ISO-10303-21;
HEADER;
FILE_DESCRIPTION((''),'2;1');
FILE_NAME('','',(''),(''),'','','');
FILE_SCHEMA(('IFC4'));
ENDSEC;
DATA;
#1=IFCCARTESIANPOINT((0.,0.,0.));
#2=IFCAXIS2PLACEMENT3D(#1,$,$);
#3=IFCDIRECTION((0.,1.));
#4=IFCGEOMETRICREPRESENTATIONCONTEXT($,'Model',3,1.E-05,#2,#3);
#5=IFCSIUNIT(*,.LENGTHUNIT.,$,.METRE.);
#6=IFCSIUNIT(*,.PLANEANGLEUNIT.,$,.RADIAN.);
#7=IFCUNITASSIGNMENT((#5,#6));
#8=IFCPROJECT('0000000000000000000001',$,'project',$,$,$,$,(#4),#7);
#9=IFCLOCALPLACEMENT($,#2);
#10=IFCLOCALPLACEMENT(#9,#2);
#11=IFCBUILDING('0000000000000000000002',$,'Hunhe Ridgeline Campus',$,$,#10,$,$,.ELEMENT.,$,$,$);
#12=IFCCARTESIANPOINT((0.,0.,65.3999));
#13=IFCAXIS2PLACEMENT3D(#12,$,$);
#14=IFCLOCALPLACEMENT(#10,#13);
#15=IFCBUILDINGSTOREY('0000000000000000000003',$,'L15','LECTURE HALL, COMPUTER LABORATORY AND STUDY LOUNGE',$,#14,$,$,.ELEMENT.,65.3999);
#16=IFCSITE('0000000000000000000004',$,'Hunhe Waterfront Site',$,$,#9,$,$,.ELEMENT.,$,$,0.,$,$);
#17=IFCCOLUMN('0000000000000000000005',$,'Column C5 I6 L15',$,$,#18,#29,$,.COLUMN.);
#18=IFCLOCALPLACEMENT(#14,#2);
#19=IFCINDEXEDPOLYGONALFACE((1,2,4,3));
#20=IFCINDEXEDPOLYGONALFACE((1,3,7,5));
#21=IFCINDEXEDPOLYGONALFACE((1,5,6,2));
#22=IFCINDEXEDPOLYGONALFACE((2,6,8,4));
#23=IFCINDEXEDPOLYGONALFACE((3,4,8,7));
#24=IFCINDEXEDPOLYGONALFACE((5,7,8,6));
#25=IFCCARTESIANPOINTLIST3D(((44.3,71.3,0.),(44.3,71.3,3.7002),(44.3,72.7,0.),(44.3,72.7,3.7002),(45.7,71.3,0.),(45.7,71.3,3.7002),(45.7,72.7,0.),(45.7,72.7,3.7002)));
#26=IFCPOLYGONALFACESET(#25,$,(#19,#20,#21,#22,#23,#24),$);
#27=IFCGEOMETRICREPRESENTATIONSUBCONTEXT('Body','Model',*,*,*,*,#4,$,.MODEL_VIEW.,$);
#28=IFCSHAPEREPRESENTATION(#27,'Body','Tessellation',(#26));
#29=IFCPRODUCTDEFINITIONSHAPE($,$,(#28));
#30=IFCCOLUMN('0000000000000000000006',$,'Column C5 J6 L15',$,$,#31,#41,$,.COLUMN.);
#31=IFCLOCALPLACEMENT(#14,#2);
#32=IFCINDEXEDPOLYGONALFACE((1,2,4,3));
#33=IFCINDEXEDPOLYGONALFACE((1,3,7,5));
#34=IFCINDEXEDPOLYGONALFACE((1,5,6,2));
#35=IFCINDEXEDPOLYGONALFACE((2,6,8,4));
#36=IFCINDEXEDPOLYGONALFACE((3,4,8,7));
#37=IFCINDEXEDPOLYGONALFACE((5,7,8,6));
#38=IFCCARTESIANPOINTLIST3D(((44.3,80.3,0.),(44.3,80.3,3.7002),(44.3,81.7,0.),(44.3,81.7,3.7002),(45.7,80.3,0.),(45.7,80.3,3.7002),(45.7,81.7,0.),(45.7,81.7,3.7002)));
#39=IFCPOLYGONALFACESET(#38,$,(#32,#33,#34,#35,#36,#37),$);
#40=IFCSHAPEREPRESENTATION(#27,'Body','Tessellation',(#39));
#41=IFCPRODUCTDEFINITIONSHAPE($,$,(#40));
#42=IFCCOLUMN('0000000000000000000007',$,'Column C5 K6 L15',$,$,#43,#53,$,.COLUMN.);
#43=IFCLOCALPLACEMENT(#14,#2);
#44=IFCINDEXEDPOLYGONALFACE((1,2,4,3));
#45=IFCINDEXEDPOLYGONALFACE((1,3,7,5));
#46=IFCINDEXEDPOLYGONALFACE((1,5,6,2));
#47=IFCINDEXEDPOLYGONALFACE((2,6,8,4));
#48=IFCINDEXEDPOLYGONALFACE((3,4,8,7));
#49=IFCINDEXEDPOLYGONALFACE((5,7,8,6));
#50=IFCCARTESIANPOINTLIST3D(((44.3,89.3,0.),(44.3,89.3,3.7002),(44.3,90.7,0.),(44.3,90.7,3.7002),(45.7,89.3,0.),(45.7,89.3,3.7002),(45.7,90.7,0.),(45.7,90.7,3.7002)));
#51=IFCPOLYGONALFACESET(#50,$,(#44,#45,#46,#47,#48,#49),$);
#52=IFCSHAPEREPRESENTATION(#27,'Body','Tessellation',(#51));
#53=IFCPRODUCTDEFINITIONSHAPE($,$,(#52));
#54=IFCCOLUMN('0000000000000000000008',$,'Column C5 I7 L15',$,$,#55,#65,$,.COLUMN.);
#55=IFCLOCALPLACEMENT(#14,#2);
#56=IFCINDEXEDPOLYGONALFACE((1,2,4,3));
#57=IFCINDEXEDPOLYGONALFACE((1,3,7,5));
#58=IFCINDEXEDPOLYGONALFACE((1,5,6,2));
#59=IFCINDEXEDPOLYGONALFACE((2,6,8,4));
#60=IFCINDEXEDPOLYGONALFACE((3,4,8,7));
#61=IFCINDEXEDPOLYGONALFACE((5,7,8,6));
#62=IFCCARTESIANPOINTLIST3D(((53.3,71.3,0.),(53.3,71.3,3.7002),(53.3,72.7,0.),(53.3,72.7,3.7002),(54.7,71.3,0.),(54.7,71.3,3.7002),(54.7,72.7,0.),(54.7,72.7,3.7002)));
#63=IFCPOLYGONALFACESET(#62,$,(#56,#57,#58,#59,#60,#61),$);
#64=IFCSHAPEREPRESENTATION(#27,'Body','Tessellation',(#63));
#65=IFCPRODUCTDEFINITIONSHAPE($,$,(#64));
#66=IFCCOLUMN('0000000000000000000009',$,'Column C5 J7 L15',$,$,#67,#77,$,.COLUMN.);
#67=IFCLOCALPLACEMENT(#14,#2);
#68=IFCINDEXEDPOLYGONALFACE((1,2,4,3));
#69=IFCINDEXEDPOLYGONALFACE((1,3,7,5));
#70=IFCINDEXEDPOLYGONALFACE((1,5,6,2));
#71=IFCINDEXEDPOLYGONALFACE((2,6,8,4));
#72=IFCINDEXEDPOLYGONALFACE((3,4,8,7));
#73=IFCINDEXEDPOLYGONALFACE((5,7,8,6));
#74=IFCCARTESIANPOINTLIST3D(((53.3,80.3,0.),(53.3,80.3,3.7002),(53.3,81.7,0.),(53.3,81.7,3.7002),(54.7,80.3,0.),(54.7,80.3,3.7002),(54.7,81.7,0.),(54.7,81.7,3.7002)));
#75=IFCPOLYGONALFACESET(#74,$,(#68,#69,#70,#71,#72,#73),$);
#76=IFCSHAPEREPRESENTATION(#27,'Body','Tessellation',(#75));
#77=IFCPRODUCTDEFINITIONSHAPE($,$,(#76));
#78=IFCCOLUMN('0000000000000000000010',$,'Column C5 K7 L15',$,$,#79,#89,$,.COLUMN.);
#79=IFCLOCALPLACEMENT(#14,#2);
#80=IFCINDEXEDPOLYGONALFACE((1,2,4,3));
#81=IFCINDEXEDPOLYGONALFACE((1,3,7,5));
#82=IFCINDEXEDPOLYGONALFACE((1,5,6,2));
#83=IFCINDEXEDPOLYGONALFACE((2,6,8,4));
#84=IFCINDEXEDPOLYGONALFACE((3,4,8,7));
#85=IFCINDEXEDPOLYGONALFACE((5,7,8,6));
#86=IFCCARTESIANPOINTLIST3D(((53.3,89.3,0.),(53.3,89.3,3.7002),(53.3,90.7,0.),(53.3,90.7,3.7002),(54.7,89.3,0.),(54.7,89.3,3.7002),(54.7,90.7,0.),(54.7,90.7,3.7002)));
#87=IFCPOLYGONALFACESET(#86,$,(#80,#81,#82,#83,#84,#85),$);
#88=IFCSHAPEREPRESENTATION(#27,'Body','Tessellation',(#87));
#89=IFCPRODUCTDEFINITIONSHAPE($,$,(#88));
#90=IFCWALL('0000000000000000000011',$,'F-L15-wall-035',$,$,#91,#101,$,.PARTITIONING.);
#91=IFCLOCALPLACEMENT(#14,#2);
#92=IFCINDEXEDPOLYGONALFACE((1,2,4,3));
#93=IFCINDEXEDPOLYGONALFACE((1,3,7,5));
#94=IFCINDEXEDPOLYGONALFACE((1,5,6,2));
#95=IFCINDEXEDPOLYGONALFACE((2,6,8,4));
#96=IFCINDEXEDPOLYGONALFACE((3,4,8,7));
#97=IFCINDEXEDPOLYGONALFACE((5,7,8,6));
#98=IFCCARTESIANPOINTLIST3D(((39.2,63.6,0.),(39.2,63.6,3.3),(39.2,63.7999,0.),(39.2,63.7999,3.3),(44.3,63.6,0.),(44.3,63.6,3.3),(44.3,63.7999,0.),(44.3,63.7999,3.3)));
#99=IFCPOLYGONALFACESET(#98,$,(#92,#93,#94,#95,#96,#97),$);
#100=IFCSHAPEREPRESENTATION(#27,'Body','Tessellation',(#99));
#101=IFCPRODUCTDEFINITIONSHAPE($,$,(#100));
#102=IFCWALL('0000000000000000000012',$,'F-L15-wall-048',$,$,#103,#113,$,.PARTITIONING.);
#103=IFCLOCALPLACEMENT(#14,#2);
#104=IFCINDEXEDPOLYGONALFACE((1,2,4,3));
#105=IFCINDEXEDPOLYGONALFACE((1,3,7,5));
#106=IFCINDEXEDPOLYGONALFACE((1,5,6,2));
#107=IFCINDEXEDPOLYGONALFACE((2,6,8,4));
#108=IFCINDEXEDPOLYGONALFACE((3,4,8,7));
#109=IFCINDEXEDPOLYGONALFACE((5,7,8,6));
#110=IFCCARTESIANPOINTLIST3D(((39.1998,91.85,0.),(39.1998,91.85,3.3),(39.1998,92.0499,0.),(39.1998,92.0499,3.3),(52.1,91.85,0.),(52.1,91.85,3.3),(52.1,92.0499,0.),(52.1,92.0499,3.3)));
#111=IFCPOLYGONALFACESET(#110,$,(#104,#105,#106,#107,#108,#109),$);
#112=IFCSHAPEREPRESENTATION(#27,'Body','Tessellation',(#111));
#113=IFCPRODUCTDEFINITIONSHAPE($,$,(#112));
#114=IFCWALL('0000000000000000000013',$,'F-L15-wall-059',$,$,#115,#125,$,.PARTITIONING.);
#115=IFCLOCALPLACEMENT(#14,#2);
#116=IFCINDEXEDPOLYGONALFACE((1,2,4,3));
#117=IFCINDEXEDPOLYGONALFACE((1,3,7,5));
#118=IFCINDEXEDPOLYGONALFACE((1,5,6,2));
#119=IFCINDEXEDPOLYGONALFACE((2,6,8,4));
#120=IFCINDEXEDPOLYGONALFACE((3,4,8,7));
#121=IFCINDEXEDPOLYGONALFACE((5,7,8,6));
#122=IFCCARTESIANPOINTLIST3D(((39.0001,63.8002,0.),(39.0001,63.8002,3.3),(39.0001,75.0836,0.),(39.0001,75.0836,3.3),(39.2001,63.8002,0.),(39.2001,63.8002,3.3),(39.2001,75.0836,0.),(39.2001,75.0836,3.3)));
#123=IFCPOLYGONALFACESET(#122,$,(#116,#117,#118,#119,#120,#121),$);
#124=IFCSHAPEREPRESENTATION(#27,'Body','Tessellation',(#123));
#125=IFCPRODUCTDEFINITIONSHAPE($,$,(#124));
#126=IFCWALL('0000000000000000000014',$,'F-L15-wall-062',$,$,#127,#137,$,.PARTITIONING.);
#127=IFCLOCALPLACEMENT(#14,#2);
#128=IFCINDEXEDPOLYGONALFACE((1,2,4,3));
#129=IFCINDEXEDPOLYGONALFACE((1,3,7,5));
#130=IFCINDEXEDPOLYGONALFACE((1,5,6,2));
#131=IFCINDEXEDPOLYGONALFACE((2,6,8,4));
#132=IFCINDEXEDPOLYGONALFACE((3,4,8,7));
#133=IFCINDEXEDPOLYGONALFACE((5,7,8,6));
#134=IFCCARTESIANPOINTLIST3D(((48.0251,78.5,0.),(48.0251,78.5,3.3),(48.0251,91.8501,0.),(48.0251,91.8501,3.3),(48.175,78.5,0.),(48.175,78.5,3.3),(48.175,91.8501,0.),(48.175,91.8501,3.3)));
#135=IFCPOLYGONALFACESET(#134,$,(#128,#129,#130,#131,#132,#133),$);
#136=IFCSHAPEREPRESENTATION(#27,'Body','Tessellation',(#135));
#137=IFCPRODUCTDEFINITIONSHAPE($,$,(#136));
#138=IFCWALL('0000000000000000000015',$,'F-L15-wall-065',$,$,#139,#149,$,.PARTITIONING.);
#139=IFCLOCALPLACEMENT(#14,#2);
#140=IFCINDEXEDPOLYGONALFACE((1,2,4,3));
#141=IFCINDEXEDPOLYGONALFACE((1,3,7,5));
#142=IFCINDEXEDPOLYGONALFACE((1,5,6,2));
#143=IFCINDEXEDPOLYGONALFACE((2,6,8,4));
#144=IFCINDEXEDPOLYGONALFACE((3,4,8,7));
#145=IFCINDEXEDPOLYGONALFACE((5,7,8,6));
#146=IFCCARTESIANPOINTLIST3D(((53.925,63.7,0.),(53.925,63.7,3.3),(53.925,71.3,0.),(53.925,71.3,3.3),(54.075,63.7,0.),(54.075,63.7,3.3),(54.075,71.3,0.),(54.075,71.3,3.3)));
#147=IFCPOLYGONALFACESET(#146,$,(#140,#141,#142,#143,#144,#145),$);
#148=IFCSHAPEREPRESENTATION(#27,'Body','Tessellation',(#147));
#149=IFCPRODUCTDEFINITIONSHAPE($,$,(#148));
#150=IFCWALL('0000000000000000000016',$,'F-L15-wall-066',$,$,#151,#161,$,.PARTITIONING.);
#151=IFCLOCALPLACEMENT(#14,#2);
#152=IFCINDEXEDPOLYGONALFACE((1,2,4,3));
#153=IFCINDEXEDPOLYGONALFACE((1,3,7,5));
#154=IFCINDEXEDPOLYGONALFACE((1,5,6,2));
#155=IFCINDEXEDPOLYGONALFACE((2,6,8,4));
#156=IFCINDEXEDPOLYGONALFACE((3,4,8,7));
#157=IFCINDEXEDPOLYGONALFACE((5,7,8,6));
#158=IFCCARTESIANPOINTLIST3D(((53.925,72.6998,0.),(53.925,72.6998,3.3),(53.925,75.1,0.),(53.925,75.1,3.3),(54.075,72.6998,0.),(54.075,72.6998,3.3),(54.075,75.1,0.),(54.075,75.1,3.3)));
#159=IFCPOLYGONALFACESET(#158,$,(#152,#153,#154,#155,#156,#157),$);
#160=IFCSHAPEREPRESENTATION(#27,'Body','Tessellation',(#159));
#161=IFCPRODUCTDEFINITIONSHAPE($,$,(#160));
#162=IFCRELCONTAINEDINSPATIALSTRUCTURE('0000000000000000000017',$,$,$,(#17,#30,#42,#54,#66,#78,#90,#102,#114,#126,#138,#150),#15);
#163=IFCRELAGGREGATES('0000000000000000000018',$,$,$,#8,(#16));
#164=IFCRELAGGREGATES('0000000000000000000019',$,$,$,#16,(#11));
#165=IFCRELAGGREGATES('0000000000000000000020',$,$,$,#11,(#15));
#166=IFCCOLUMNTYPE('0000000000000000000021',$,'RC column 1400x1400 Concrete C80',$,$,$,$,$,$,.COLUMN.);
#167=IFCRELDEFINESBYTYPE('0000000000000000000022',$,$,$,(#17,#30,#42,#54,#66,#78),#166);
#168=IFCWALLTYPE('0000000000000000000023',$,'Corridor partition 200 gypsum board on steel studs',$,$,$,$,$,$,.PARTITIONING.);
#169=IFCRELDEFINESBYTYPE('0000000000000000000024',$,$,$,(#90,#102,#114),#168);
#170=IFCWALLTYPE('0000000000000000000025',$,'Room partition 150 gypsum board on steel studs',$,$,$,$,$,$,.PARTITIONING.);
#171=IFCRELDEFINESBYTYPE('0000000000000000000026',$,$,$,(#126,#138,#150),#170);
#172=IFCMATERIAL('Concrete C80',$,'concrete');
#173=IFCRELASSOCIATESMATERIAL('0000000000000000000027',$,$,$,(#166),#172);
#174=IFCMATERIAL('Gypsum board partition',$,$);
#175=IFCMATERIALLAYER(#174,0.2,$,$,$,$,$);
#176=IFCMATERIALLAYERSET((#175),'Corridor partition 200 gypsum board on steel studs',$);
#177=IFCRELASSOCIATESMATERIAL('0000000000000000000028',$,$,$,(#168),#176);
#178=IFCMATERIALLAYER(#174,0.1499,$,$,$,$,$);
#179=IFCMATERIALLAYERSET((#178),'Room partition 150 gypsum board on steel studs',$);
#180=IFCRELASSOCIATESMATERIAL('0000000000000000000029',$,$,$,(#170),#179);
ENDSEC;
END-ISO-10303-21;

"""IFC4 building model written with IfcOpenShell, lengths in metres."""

from ifc_helpers import new_model, si_unit, direction, frame, frame_2d, origin, origin_2d, place, context, subcontext, project, spatial, rectangle, extrude, material, layer, layer_set, material_profile, profile_set, type_object, element, save


model = new_model("IFC4")

# Units and contexts
model_context = context("Model", 3, precision=1e-05, world=origin(), true_north=direction((0.0, 1.0)))
body_context = subcontext(model_context, "Body", "Model", "MODEL_VIEW")
ifc_project = project(units=[si_unit("LENGTHUNIT", "METRE"), si_unit("PLANEANGLEUNIT", "RADIAN")], contexts=[model_context])

# Site, building, storey
site_placement = place(None, origin())
site = spatial("IfcSite", under=ifc_project, at=site_placement, Name="Hunhe Waterfront Site", CompositionType="ELEMENT", RefElevation=0.0)
building_placement = place(site_placement, origin())
building = spatial("IfcBuilding", under=site, at=building_placement, Name="Hunhe Ridgeline Campus", CompositionType="ELEMENT")
storey_placement = place(building_placement, frame((0.0, 0.0, 65.3999)))
storey = spatial("IfcBuildingStorey", under=building, at=storey_placement, Name="L15", Description="LECTURE HALL, COMPUTER LABORATORY AND STUDY LOUNGE", CompositionType="ELEMENT", Elevation=65.3999)

# Columns
ifc_material_1 = material(Name="Concrete C80", Category="concrete")
ifc_material_profile = material_profile(ifc_material_1, rectangle(XDim=1.3999, YDim=1.3999, at=origin_2d()))
ifc_profile_set = profile_set([ifc_material_profile], Name="Concrete C80")
column_type = type_object("IfcColumnType", Name="RC column 1400x1400 Concrete C80", PredefinedType="COLUMN", material=ifc_profile_set)
for number, where, z_axis, x_axis, name in (
    (1, (45.0, 72.0, 0.0), (0.0, 0.0, 1.0), (1.0, 0.0, 0.0), "Column C5 I6 L15"),
    (2, (45.0, 81.0, 0.0), (0.0, 0.0, 1.0), (1.0, 0.0, 0.0), "Column C5 J6 L15"),
    (3, (45.0, 90.0, 0.0), (0.0, 0.0, 1.0), (1.0, 0.0, 0.0), "Column C5 K6 L15"),
    (4, (54.0, 72.0, 0.0), (0.0, 0.0, 1.0), (1.0, 0.0, 0.0), "Column C5 I7 L15"),
    (5, (54.0, 81.0, 0.0), (0.0, 0.0, 1.0), (1.0, 0.0, 0.0), "Column C5 J7 L15"),
    (6, (54.0, 90.0, 0.0), (0.0, 0.0, 1.0), (1.0, 0.0, 0.0), "Column C5 K7 L15"),
):
    element("IfcColumn", number, at=place(storey_placement, frame(where, z_axis=z_axis, x_axis=x_axis)), inside=storey, type_object=column_type, Name=name, PredefinedType="COLUMN", context=body_context, shape_type="SweptSolid", body=[
        extrude(rectangle(XDim=1.3999, YDim=1.3999, at=origin_2d()), origin(), (0.0, 0.0, 1.0), 3.7002),
    ])

# Wall
ifc_material_2 = material(Name="Gypsum board partition")
ifc_layer_1 = layer(ifc_material_2, 0.2)
ifc_layer_set_1 = layer_set([ifc_layer_1], Name="Corridor partition 200 gypsum board on steel studs")
wall_type_1 = type_object("IfcWallType", Name="Corridor partition 200 gypsum board on steel studs", PredefinedType="PARTITIONING", material=ifc_layer_set_1)
wall_1_placement = place(storey_placement, frame((39.2, 63.7, 0.0), z_axis=(0.0, 0.0, 1.0), x_axis=(1.0, 0.0, 0.0)))
element("IfcWall", 7, at=wall_1_placement, inside=storey, type_object=wall_type_1, Name="F-L15-wall-035", PredefinedType="PARTITIONING", context=body_context, shape_type="SweptSolid", body=[
    extrude(rectangle(XDim=5.1001, YDim=0.2, at=frame_2d((2.55, 0.0))), origin(), (0.0, 0.0, 1.0), 3.3),
])

# Walls
wall_2_placement = place(storey_placement, frame((52.1001, 91.95, 0.0), z_axis=(0.0, 0.0, 1.0), x_axis=(-1.0, 0.0, 0.0)))
element("IfcWall", 8, at=wall_2_placement, inside=storey, type_object=wall_type_1, Name="F-L15-wall-048", PredefinedType="PARTITIONING", context=body_context, shape_type="SweptSolid", body=[
    extrude(rectangle(XDim=12.9001, YDim=0.2, at=frame_2d((6.4502, 0.0))), origin(), (0.0, 0.0, 1.0), 3.3),
])
wall_3_placement = place(storey_placement, frame((39.1001, 75.0835, 0.0), z_axis=(0.0, 0.0, 1.0), x_axis=(0.0, -1.0, 0.0)))
element("IfcWall", 9, at=wall_3_placement, inside=storey, type_object=wall_type_1, Name="F-L15-wall-059", PredefinedType="PARTITIONING", context=body_context, shape_type="SweptSolid", body=[
    extrude(rectangle(XDim=11.2834, YDim=0.2, at=frame_2d((5.6416, 0.0))), origin(), (0.0, 0.0, 1.0), 3.3),
])

# Walls
ifc_layer_2 = layer(ifc_material_2, 0.1499)
ifc_layer_set_2 = layer_set([ifc_layer_2], Name="Room partition 150 gypsum board on steel studs")
wall_type_2 = type_object("IfcWallType", Name="Room partition 150 gypsum board on steel studs", PredefinedType="PARTITIONING", material=ifc_layer_set_2)
wall_4_placement = place(storey_placement, frame((48.1001, 91.8501, 0.0), z_axis=(0.0, 0.0, 1.0), x_axis=(0.0, -1.0, 0.0)))
element("IfcWall", 10, at=wall_4_placement, inside=storey, type_object=wall_type_2, Name="F-L15-wall-062", PredefinedType="PARTITIONING", context=body_context, shape_type="SweptSolid", body=[
    extrude(rectangle(XDim=13.3501, YDim=0.1499, at=frame_2d((6.675, 0.0))), origin(), (0.0, 0.0, 1.0), 3.3),
])
wall_5_placement = place(storey_placement, frame((54.0, 71.3, 0.0), z_axis=(0.0, 0.0, 1.0), x_axis=(0.0, -1.0, 0.0)))
element("IfcWall", 11, at=wall_5_placement, inside=storey, type_object=wall_type_2, Name="F-L15-wall-065", PredefinedType="PARTITIONING", context=body_context, shape_type="SweptSolid", body=[
    extrude(rectangle(XDim=7.6001, YDim=0.1499, at=frame_2d((3.8, 0.0))), origin(), (0.0, 0.0, 1.0), 3.3),
])
wall_6_placement = place(storey_placement, frame((54.0, 75.1001, 0.0), z_axis=(0.0, 0.0, 1.0), x_axis=(0.0, -1.0, 0.0)))
element("IfcWall", 12, at=wall_6_placement, inside=storey, type_object=wall_type_2, Name="F-L15-wall-066", PredefinedType="PARTITIONING", context=body_context, shape_type="SweptSolid", body=[
    extrude(rectangle(XDim=2.4001, YDim=0.1499, at=frame_2d((1.2002, 0.0))), origin(), (0.0, 0.0, 1.0), 3.3),
])

save(model, "model.ifc")
